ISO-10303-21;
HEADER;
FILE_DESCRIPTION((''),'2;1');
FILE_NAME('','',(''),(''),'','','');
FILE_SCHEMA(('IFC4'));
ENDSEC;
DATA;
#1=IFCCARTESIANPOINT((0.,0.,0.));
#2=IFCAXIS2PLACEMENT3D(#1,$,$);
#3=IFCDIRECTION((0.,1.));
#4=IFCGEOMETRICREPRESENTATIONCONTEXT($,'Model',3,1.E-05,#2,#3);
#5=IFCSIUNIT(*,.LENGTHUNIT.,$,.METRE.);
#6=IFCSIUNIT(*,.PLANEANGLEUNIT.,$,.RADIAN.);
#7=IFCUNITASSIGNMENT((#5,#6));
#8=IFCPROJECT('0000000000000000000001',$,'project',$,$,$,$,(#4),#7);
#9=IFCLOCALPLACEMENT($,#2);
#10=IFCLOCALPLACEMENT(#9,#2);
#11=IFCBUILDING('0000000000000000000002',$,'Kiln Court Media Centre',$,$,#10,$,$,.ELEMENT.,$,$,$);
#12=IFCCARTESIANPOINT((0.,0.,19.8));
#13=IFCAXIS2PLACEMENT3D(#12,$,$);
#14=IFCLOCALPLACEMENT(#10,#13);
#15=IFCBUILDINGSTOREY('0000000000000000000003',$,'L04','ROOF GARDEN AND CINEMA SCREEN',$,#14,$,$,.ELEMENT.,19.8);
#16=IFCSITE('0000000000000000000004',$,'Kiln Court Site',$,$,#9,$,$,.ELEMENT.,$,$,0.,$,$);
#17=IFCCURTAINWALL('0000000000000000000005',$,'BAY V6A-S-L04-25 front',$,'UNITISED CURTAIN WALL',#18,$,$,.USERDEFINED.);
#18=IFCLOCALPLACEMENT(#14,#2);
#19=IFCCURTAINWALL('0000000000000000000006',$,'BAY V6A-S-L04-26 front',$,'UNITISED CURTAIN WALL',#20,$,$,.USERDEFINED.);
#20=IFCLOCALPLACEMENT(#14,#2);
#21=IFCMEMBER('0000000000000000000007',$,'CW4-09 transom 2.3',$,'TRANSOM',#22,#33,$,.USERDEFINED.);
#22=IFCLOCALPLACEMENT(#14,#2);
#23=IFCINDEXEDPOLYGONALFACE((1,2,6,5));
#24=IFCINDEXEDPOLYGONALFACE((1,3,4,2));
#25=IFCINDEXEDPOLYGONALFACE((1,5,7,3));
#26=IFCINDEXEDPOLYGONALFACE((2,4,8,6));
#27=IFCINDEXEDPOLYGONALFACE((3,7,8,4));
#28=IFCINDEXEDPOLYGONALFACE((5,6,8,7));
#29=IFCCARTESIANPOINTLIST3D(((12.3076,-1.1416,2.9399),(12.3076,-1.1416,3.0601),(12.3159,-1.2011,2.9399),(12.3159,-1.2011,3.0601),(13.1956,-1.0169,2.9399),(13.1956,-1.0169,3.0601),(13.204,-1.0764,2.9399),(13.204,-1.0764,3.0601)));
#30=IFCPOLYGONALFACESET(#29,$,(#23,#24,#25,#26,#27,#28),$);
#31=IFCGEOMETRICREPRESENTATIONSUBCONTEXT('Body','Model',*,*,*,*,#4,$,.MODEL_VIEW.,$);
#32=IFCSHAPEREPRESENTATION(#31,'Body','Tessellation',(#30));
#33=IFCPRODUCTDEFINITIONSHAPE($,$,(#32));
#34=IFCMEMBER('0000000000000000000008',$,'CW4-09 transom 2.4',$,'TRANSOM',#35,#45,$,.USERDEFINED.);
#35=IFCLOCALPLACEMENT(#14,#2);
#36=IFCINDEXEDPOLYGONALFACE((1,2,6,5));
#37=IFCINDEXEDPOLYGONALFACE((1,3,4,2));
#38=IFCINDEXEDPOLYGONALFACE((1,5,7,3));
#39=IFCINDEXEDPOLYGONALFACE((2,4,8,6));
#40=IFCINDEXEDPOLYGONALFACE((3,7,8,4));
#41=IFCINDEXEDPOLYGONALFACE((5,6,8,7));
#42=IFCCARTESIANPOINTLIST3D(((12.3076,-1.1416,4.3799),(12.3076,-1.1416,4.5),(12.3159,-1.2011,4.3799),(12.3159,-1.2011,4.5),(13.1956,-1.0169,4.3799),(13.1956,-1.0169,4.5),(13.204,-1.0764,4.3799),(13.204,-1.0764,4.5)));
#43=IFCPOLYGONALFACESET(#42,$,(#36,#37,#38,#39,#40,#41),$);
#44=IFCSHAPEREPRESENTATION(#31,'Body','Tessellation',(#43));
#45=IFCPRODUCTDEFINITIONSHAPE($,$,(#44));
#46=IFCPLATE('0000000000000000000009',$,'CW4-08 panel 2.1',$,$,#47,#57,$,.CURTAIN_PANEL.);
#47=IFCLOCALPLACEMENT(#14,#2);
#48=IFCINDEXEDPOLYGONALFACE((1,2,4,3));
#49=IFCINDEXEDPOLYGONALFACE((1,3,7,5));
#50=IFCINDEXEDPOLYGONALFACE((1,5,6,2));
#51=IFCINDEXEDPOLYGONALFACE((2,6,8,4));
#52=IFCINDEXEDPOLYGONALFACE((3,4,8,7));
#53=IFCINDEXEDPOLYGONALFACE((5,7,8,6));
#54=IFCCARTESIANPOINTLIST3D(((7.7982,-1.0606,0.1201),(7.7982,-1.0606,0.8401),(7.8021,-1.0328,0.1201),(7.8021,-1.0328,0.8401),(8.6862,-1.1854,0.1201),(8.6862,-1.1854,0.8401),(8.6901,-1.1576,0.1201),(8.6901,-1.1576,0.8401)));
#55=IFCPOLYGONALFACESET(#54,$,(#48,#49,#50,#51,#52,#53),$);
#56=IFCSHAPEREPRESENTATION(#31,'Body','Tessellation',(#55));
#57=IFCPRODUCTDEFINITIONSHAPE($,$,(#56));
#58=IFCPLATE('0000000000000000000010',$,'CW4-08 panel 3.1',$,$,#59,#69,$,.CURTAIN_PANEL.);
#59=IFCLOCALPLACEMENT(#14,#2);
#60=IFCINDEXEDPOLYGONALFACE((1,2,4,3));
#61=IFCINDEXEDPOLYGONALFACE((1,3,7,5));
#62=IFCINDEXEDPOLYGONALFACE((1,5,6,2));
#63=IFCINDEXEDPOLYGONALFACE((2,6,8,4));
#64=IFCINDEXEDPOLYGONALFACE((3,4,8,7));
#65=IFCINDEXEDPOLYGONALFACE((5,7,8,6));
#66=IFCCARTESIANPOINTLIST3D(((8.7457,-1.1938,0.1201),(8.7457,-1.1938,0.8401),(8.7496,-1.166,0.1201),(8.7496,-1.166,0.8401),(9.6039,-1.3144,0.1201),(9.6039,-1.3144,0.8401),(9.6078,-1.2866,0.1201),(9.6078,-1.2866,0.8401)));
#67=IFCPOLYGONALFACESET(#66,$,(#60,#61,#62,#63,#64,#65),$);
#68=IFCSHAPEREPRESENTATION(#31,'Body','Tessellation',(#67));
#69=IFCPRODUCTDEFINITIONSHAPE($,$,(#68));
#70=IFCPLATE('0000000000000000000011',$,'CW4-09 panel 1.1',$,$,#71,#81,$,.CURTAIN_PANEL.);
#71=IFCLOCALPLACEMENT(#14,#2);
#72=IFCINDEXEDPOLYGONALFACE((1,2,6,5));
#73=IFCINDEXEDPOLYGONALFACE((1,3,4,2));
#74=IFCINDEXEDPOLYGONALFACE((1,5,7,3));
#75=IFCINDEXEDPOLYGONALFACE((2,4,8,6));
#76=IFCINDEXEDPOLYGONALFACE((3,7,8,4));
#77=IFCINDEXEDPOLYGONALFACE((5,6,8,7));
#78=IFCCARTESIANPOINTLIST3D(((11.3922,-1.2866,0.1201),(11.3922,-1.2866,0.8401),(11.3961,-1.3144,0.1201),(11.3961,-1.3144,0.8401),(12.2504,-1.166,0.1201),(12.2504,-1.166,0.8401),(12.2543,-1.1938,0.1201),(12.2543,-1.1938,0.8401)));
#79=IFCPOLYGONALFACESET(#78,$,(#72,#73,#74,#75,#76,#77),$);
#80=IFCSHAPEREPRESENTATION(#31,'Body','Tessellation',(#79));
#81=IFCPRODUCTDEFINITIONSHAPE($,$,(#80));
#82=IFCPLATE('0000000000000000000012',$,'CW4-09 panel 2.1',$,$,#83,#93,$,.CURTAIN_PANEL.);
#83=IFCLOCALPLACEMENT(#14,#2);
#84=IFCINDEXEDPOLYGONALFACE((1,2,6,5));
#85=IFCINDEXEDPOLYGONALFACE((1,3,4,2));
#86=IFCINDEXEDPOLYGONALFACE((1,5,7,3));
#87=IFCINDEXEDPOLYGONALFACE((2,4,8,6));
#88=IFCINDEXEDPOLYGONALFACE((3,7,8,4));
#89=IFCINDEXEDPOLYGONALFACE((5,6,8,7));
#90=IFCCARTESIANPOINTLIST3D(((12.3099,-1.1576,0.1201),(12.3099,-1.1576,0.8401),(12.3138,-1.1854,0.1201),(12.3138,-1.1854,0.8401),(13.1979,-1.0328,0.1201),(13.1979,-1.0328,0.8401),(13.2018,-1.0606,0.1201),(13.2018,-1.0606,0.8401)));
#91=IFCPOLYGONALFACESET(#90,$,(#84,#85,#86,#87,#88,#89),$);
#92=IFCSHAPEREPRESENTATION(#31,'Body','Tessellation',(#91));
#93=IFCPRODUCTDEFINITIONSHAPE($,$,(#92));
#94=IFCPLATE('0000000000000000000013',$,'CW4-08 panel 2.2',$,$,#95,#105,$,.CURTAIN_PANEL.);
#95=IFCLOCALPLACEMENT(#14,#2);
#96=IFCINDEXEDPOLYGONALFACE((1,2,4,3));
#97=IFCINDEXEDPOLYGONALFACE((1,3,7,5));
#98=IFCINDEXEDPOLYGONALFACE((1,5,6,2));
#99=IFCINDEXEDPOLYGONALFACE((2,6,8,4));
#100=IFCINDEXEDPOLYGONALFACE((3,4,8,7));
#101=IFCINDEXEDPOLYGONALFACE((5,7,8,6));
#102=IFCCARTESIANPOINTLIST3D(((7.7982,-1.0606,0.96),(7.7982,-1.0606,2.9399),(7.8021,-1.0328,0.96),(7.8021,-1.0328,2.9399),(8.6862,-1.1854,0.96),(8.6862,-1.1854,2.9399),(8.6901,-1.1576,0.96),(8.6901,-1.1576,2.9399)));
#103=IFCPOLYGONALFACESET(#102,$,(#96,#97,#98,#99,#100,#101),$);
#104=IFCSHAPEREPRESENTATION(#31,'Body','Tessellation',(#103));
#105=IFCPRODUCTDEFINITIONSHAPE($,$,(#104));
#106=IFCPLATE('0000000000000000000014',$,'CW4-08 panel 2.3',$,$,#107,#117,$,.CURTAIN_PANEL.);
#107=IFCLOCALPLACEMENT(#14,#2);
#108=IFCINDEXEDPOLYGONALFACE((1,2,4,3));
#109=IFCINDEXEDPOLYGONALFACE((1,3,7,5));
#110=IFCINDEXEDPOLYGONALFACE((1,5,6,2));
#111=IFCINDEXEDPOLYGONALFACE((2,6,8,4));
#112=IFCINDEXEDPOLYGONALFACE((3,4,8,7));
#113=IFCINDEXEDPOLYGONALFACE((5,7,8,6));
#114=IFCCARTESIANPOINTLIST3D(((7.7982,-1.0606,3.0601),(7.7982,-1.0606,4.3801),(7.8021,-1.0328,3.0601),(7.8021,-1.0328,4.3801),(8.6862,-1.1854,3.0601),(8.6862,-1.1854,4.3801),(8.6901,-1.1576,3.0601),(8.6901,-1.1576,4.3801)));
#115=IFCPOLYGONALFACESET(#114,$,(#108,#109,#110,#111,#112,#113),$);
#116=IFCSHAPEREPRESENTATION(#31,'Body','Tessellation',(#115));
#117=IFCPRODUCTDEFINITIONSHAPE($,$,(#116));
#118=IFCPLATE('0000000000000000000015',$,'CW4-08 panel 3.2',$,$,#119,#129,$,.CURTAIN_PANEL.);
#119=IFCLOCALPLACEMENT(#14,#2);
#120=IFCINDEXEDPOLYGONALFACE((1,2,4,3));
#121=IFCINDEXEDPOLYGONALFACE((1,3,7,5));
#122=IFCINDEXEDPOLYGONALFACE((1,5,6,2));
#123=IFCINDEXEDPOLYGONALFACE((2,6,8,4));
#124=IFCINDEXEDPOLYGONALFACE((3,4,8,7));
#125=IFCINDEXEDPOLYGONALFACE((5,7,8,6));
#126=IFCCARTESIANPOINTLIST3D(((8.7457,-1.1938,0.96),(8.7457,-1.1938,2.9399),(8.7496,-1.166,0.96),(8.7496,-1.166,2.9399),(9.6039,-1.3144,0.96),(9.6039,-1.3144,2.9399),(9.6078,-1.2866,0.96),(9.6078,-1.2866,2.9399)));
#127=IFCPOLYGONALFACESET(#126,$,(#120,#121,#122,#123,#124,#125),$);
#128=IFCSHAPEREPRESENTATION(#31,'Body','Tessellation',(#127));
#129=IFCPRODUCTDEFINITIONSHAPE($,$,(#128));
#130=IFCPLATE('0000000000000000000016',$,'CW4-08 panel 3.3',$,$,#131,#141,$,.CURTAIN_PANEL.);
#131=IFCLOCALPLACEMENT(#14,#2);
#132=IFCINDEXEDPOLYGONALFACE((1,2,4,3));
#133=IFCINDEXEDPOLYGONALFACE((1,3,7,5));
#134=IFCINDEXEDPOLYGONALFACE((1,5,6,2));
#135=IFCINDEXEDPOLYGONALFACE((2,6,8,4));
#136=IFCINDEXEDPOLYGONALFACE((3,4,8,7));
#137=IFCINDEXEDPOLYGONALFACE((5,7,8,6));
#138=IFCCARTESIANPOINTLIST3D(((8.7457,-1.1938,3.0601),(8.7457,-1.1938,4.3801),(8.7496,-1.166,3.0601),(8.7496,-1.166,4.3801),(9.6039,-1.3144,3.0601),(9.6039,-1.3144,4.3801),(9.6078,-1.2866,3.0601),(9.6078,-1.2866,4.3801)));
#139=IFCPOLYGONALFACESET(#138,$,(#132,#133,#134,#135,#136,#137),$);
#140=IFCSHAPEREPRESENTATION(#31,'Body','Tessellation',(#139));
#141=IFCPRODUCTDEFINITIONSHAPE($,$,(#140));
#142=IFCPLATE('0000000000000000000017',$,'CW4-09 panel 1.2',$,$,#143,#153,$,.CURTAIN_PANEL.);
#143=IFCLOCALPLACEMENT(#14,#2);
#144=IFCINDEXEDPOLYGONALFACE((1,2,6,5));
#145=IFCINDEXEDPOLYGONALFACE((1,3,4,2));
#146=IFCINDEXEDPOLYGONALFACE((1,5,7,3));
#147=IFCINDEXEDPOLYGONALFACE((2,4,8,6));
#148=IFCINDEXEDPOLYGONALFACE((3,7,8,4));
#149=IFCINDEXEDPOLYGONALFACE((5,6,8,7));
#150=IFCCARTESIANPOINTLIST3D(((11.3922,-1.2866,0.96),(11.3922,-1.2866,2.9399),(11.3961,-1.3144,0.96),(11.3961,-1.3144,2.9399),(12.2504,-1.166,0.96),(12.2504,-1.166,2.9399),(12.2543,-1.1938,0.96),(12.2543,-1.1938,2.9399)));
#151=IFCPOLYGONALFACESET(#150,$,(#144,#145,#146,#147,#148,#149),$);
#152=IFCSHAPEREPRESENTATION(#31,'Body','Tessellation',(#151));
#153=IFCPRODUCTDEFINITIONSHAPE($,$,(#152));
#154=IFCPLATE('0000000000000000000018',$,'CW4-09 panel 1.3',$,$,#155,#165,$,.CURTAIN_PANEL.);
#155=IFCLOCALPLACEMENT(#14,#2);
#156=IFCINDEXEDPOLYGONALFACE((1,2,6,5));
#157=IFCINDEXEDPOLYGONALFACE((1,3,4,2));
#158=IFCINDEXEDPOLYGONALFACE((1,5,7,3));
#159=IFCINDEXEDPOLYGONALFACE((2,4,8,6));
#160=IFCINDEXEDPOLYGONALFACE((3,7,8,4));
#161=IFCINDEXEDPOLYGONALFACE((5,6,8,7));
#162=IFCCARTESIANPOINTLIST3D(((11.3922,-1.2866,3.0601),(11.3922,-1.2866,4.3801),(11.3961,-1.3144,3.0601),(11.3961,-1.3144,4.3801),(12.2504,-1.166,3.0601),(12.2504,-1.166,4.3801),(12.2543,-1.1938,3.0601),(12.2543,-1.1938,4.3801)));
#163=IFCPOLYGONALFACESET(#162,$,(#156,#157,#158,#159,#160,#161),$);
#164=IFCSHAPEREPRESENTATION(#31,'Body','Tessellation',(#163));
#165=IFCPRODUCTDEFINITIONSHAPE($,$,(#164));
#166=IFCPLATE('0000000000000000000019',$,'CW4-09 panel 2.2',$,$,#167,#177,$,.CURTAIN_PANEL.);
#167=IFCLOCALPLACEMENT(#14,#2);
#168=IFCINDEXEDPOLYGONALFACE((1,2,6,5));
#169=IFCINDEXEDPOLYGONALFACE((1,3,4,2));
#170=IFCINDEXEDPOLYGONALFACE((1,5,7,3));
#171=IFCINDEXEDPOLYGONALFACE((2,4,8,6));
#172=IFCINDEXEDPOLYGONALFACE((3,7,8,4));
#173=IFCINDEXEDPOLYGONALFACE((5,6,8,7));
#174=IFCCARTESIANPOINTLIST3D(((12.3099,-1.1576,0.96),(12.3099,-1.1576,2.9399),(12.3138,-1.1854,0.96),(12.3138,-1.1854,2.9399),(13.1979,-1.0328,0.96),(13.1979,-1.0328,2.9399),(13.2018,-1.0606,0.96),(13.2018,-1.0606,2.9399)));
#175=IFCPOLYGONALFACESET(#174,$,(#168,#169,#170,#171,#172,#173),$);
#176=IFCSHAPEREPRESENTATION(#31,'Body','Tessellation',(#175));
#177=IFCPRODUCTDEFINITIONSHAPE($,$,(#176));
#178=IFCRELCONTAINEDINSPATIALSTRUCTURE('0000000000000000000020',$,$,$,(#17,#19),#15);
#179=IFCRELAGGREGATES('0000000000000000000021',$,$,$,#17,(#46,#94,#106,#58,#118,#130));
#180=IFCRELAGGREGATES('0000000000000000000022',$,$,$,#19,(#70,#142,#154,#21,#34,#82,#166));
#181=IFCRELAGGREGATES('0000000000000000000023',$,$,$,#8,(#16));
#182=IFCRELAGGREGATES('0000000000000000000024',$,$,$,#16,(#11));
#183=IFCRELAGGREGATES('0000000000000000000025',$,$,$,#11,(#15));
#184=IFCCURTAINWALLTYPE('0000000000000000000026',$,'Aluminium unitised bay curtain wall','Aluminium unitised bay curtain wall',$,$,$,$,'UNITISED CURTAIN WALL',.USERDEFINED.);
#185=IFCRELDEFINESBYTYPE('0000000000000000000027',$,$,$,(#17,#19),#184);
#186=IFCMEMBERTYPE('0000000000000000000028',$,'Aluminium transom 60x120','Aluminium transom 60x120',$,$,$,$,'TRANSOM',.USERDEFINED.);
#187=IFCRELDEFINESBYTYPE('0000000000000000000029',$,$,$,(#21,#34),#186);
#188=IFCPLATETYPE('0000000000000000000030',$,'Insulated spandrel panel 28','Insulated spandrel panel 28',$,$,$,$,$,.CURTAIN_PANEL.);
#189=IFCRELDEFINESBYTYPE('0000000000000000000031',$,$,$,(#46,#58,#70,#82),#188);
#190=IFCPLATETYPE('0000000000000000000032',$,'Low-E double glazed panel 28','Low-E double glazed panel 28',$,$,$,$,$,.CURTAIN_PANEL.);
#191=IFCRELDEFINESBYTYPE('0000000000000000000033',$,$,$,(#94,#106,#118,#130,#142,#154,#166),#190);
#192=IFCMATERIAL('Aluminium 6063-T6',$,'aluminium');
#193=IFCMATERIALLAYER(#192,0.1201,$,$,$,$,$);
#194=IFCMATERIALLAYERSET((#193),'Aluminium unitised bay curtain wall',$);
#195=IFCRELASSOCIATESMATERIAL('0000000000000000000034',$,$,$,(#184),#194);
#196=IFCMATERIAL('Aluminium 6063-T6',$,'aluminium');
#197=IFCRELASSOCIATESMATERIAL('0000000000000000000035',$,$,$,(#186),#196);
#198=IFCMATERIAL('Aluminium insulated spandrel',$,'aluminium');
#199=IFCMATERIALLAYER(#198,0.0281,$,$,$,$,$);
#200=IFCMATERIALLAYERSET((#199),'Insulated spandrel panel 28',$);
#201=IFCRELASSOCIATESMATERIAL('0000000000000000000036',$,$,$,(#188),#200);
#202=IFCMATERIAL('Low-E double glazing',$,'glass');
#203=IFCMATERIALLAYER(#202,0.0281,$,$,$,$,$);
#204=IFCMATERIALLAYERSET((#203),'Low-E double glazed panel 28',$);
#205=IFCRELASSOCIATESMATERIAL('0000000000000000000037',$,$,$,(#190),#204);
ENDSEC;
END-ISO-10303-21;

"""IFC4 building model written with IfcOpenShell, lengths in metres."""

from ifc_helpers import new_model, si_unit, direction, frame, origin, origin_2d, place, context, subcontext, project, spatial, rectangle, extrude, material, layer, layer_set, material_profile, profile_set, type_object, element, aggregate, save


model = new_model("IFC4")

# Units and contexts
model_context = context("Model", 3, precision=1e-05, world=origin(), true_north=direction((0.0, 1.0)))
body_context = subcontext(model_context, "Body", "Model", "MODEL_VIEW")
ifc_project = project(units=[si_unit("LENGTHUNIT", "METRE"), si_unit("PLANEANGLEUNIT", "RADIAN")], contexts=[model_context])

# Site, building, storey
site_placement = place(None, origin())
site = spatial("IfcSite", under=ifc_project, at=site_placement, Name="Kiln Court Site", CompositionType="ELEMENT", RefElevation=0.0)
building_placement = place(site_placement, origin())
building = spatial("IfcBuilding", under=site, at=building_placement, Name="Kiln Court Media Centre", CompositionType="ELEMENT")
storey_placement = place(building_placement, frame((0.0, 0.0, 19.8)))
storey = spatial("IfcBuildingStorey", under=building, at=storey_placement, Name="L04", Description="ROOF GARDEN AND CINEMA SCREEN", CompositionType="ELEMENT", Elevation=19.8)

# Curtain walls
ifc_material_1 = material(Name="Aluminium 6063-T6", Category="aluminium")
ifc_layer_1 = layer(ifc_material_1, 0.1201)
ifc_layer_set_1 = layer_set([ifc_layer_1], Name="Aluminium unitised bay curtain wall")
curtain_wall_type = type_object("IfcCurtainWallType", Name="Aluminium unitised bay curtain wall", Description="Aluminium unitised bay curtain wall", ElementType="UNITISED CURTAIN WALL", PredefinedType="USERDEFINED", material=ifc_layer_set_1)
curtain_wall_1_placement = place(storey_placement, origin())
curtain_wall_1 = element("IfcCurtainWall", 1, at=curtain_wall_1_placement, inside=storey, type_object=curtain_wall_type, Name="BAY V6A-S-L04-25 front", ObjectType="UNITISED CURTAIN WALL", PredefinedType="USERDEFINED")
curtain_wall_2_placement = place(storey_placement, origin())
curtain_wall_2 = element("IfcCurtainWall", 2, at=curtain_wall_2_placement, inside=storey, type_object=curtain_wall_type, Name="BAY V6A-S-L04-26 front", ObjectType="UNITISED CURTAIN WALL", PredefinedType="USERDEFINED")

# Members
ifc_material_2 = material(Name="Aluminium 6063-T6", Category="aluminium")
ifc_material_profile_1 = material_profile(ifc_material_2, rectangle(XDim=0.0601, YDim=0.1201, at=origin_2d()), Name="Aluminium transom 60x120")
ifc_profile_set_1 = profile_set([ifc_material_profile_1], Name="Aluminium 6063-T6")
member_type_1 = type_object("IfcMemberType", Name="Aluminium transom 60x120", Description="Aluminium transom 60x120", ElementType="TRANSOM", PredefinedType="USERDEFINED", material=ifc_profile_set_1)
member_1_placement = place(storey_placement, frame((12.3118, -1.1714, 3.0), z_axis=(0.990274, 0.139134, 0.0), x_axis=(-0.139134, 0.990274, 0.0)))
member_1 = element("IfcMember", 3, at=member_1_placement, type_object=member_type_1, Name="CW4-09 transom 2.3", ObjectType="TRANSOM", PredefinedType="USERDEFINED", context=body_context, shape_type="SweptSolid", body=[
    extrude(rectangle(XDim=0.0601, YDim=0.1201, at=origin_2d()), origin(), (0.0, 0.0, 1.0), 0.8967),
])
member_2_placement = place(storey_placement, frame((12.3118, -1.1714, 4.4399), z_axis=(0.990274, 0.139134, 0.0), x_axis=(-0.139134, 0.990274, 0.0)))
member_2 = element("IfcMember", 4, at=member_2_placement, type_object=member_type_1, Name="CW4-09 transom 2.4", ObjectType="TRANSOM", PredefinedType="USERDEFINED", context=body_context, shape_type="SweptSolid", body=[
    extrude(rectangle(XDim=0.0601, YDim=0.1201, at=origin_2d()), origin(), (0.0, 0.0, 1.0), 0.8967),
])

# Plates
ifc_material_3 = material(Name="Aluminium insulated spandrel", Category="aluminium")
ifc_layer_2 = layer(ifc_material_3, 0.0281)
ifc_layer_set_2 = layer_set([ifc_layer_2], Name="Insulated spandrel panel 28")
plate_type_1 = type_object("IfcPlateType", Name="Insulated spandrel panel 28", Description="Insulated spandrel panel 28", PredefinedType="CURTAIN_PANEL", material=ifc_layer_set_2)
plate_1_placement = place(storey_placement, frame((8.2441, -1.1091, 0.1201), z_axis=(0.0, 0.0, 1.0), x_axis=(0.99027, -0.139162, 0.0)))
plate_1 = element("IfcPlate", 5, at=plate_1_placement, type_object=plate_type_1, Name="CW4-08 panel 2.1", PredefinedType="CURTAIN_PANEL", context=body_context, shape_type="SweptSolid", body=[
    extrude(rectangle(XDim=0.8967, YDim=0.0281, at=origin_2d()), origin(), (0.0, 0.0, 1.0), 0.72),
])
plate_2_placement = place(storey_placement, frame((9.1768, -1.2402, 0.1201), z_axis=(0.0, 0.0, 1.0), x_axis=(0.99027, -0.139162, 0.0)))
plate_2 = element("IfcPlate", 6, at=plate_2_placement, type_object=plate_type_1, Name="CW4-08 panel 3.1", PredefinedType="CURTAIN_PANEL", context=body_context, shape_type="SweptSolid", body=[
    extrude(rectangle(XDim=0.8667, YDim=0.0281, at=origin_2d()), origin(), (0.0, 0.0, 1.0), 0.72),
])
plate_3_placement = place(storey_placement, frame((11.8232, -1.2402, 0.1201), z_axis=(0.0, 0.0, 1.0), x_axis=(0.99027, 0.139162, 0.0)))
plate_3 = element("IfcPlate", 7, at=plate_3_placement, type_object=plate_type_1, Name="CW4-09 panel 1.1", PredefinedType="CURTAIN_PANEL", context=body_context, shape_type="SweptSolid", body=[
    extrude(rectangle(XDim=0.8667, YDim=0.0281, at=origin_2d()), origin(), (0.0, 0.0, 1.0), 0.72),
])
plate_4_placement = place(storey_placement, frame((12.7559, -1.1091, 0.1201), z_axis=(0.0, 0.0, 1.0), x_axis=(0.99027, 0.139162, 0.0)))
plate_4 = element("IfcPlate", 8, at=plate_4_placement, type_object=plate_type_1, Name="CW4-09 panel 2.1", PredefinedType="CURTAIN_PANEL", context=body_context, shape_type="SweptSolid", body=[
    extrude(rectangle(XDim=0.8967, YDim=0.0281, at=origin_2d()), origin(), (0.0, 0.0, 1.0), 0.72),
])
ifc_material_4 = material(Name="Low-E double glazing", Category="glass")
ifc_layer_3 = layer(ifc_material_4, 0.0281)
ifc_layer_set_3 = layer_set([ifc_layer_3], Name="Low-E double glazed panel 28")
plate_type_2 = type_object("IfcPlateType", Name="Low-E double glazed panel 28", Description="Low-E double glazed panel 28", PredefinedType="CURTAIN_PANEL", material=ifc_layer_set_3)
plate_5_placement = place(storey_placement, frame((8.2441, -1.1091, 0.96), z_axis=(0.0, 0.0, 1.0), x_axis=(0.99027, -0.139162, 0.0)))
plate_5 = element("IfcPlate", 9, at=plate_5_placement, type_object=plate_type_2, Name="CW4-08 panel 2.2", PredefinedType="CURTAIN_PANEL", context=body_context, shape_type="SweptSolid", body=[
    extrude(rectangle(XDim=0.8967, YDim=0.0281, at=origin_2d()), origin(), (0.0, 0.0, 1.0), 1.98),
])
plate_6_placement = place(storey_placement, frame((8.2441, -1.1091, 3.0601), z_axis=(0.0, 0.0, 1.0), x_axis=(0.99027, -0.139162, 0.0)))
plate_6 = element("IfcPlate", 10, at=plate_6_placement, type_object=plate_type_2, Name="CW4-08 panel 2.3", PredefinedType="CURTAIN_PANEL", context=body_context, shape_type="SweptSolid", body=[
    extrude(rectangle(XDim=0.8967, YDim=0.0281, at=origin_2d()), origin(), (0.0, 0.0, 1.0), 1.3201),
])
plate_7_placement = place(storey_placement, frame((9.1768, -1.2402, 0.96), z_axis=(0.0, 0.0, 1.0), x_axis=(0.99027, -0.139162, 0.0)))
plate_7 = element("IfcPlate", 11, at=plate_7_placement, type_object=plate_type_2, Name="CW4-08 panel 3.2", PredefinedType="CURTAIN_PANEL", context=body_context, shape_type="SweptSolid", body=[
    extrude(rectangle(XDim=0.8667, YDim=0.0281, at=origin_2d()), origin(), (0.0, 0.0, 1.0), 1.98),
])
plate_8_placement = place(storey_placement, frame((9.1768, -1.2402, 3.0601), z_axis=(0.0, 0.0, 1.0), x_axis=(0.99027, -0.139162, 0.0)))
plate_8 = element("IfcPlate", 12, at=plate_8_placement, type_object=plate_type_2, Name="CW4-08 panel 3.3", PredefinedType="CURTAIN_PANEL", context=body_context, shape_type="SweptSolid", body=[
    extrude(rectangle(XDim=0.8667, YDim=0.0281, at=origin_2d()), origin(), (0.0, 0.0, 1.0), 1.3201),
])
aggregate(curtain_wall_1, [plate_1, plate_5, plate_6, plate_2, plate_7, plate_8])
plate_9_placement = place(storey_placement, frame((11.8232, -1.2402, 0.96), z_axis=(0.0, 0.0, 1.0), x_axis=(0.99027, 0.139162, 0.0)))
plate_9 = element("IfcPlate", 13, at=plate_9_placement, type_object=plate_type_2, Name="CW4-09 panel 1.2", PredefinedType="CURTAIN_PANEL", context=body_context, shape_type="SweptSolid", body=[
    extrude(rectangle(XDim=0.8667, YDim=0.0281, at=origin_2d()), origin(), (0.0, 0.0, 1.0), 1.98),
])
plate_10_placement = place(storey_placement, frame((11.8232, -1.2402, 3.0601), z_axis=(0.0, 0.0, 1.0), x_axis=(0.99027, 0.139162, 0.0)))
plate_10 = element("IfcPlate", 14, at=plate_10_placement, type_object=plate_type_2, Name="CW4-09 panel 1.3", PredefinedType="CURTAIN_PANEL", context=body_context, shape_type="SweptSolid", body=[
    extrude(rectangle(XDim=0.8667, YDim=0.0281, at=origin_2d()), origin(), (0.0, 0.0, 1.0), 1.3201),
])
plate_11_placement = place(storey_placement, frame((12.7559, -1.1091, 0.96), z_axis=(0.0, 0.0, 1.0), x_axis=(0.99027, 0.139162, 0.0)))
plate_11 = element("IfcPlate", 15, at=plate_11_placement, type_object=plate_type_2, Name="CW4-09 panel 2.2", PredefinedType="CURTAIN_PANEL", context=body_context, shape_type="SweptSolid", body=[
    extrude(rectangle(XDim=0.8967, YDim=0.0281, at=origin_2d()), origin(), (0.0, 0.0, 1.0), 1.98),
])
aggregate(curtain_wall_2, [plate_3, plate_9, plate_10, member_1, member_2, plate_4, plate_11])

save(model, "model.ifc")
